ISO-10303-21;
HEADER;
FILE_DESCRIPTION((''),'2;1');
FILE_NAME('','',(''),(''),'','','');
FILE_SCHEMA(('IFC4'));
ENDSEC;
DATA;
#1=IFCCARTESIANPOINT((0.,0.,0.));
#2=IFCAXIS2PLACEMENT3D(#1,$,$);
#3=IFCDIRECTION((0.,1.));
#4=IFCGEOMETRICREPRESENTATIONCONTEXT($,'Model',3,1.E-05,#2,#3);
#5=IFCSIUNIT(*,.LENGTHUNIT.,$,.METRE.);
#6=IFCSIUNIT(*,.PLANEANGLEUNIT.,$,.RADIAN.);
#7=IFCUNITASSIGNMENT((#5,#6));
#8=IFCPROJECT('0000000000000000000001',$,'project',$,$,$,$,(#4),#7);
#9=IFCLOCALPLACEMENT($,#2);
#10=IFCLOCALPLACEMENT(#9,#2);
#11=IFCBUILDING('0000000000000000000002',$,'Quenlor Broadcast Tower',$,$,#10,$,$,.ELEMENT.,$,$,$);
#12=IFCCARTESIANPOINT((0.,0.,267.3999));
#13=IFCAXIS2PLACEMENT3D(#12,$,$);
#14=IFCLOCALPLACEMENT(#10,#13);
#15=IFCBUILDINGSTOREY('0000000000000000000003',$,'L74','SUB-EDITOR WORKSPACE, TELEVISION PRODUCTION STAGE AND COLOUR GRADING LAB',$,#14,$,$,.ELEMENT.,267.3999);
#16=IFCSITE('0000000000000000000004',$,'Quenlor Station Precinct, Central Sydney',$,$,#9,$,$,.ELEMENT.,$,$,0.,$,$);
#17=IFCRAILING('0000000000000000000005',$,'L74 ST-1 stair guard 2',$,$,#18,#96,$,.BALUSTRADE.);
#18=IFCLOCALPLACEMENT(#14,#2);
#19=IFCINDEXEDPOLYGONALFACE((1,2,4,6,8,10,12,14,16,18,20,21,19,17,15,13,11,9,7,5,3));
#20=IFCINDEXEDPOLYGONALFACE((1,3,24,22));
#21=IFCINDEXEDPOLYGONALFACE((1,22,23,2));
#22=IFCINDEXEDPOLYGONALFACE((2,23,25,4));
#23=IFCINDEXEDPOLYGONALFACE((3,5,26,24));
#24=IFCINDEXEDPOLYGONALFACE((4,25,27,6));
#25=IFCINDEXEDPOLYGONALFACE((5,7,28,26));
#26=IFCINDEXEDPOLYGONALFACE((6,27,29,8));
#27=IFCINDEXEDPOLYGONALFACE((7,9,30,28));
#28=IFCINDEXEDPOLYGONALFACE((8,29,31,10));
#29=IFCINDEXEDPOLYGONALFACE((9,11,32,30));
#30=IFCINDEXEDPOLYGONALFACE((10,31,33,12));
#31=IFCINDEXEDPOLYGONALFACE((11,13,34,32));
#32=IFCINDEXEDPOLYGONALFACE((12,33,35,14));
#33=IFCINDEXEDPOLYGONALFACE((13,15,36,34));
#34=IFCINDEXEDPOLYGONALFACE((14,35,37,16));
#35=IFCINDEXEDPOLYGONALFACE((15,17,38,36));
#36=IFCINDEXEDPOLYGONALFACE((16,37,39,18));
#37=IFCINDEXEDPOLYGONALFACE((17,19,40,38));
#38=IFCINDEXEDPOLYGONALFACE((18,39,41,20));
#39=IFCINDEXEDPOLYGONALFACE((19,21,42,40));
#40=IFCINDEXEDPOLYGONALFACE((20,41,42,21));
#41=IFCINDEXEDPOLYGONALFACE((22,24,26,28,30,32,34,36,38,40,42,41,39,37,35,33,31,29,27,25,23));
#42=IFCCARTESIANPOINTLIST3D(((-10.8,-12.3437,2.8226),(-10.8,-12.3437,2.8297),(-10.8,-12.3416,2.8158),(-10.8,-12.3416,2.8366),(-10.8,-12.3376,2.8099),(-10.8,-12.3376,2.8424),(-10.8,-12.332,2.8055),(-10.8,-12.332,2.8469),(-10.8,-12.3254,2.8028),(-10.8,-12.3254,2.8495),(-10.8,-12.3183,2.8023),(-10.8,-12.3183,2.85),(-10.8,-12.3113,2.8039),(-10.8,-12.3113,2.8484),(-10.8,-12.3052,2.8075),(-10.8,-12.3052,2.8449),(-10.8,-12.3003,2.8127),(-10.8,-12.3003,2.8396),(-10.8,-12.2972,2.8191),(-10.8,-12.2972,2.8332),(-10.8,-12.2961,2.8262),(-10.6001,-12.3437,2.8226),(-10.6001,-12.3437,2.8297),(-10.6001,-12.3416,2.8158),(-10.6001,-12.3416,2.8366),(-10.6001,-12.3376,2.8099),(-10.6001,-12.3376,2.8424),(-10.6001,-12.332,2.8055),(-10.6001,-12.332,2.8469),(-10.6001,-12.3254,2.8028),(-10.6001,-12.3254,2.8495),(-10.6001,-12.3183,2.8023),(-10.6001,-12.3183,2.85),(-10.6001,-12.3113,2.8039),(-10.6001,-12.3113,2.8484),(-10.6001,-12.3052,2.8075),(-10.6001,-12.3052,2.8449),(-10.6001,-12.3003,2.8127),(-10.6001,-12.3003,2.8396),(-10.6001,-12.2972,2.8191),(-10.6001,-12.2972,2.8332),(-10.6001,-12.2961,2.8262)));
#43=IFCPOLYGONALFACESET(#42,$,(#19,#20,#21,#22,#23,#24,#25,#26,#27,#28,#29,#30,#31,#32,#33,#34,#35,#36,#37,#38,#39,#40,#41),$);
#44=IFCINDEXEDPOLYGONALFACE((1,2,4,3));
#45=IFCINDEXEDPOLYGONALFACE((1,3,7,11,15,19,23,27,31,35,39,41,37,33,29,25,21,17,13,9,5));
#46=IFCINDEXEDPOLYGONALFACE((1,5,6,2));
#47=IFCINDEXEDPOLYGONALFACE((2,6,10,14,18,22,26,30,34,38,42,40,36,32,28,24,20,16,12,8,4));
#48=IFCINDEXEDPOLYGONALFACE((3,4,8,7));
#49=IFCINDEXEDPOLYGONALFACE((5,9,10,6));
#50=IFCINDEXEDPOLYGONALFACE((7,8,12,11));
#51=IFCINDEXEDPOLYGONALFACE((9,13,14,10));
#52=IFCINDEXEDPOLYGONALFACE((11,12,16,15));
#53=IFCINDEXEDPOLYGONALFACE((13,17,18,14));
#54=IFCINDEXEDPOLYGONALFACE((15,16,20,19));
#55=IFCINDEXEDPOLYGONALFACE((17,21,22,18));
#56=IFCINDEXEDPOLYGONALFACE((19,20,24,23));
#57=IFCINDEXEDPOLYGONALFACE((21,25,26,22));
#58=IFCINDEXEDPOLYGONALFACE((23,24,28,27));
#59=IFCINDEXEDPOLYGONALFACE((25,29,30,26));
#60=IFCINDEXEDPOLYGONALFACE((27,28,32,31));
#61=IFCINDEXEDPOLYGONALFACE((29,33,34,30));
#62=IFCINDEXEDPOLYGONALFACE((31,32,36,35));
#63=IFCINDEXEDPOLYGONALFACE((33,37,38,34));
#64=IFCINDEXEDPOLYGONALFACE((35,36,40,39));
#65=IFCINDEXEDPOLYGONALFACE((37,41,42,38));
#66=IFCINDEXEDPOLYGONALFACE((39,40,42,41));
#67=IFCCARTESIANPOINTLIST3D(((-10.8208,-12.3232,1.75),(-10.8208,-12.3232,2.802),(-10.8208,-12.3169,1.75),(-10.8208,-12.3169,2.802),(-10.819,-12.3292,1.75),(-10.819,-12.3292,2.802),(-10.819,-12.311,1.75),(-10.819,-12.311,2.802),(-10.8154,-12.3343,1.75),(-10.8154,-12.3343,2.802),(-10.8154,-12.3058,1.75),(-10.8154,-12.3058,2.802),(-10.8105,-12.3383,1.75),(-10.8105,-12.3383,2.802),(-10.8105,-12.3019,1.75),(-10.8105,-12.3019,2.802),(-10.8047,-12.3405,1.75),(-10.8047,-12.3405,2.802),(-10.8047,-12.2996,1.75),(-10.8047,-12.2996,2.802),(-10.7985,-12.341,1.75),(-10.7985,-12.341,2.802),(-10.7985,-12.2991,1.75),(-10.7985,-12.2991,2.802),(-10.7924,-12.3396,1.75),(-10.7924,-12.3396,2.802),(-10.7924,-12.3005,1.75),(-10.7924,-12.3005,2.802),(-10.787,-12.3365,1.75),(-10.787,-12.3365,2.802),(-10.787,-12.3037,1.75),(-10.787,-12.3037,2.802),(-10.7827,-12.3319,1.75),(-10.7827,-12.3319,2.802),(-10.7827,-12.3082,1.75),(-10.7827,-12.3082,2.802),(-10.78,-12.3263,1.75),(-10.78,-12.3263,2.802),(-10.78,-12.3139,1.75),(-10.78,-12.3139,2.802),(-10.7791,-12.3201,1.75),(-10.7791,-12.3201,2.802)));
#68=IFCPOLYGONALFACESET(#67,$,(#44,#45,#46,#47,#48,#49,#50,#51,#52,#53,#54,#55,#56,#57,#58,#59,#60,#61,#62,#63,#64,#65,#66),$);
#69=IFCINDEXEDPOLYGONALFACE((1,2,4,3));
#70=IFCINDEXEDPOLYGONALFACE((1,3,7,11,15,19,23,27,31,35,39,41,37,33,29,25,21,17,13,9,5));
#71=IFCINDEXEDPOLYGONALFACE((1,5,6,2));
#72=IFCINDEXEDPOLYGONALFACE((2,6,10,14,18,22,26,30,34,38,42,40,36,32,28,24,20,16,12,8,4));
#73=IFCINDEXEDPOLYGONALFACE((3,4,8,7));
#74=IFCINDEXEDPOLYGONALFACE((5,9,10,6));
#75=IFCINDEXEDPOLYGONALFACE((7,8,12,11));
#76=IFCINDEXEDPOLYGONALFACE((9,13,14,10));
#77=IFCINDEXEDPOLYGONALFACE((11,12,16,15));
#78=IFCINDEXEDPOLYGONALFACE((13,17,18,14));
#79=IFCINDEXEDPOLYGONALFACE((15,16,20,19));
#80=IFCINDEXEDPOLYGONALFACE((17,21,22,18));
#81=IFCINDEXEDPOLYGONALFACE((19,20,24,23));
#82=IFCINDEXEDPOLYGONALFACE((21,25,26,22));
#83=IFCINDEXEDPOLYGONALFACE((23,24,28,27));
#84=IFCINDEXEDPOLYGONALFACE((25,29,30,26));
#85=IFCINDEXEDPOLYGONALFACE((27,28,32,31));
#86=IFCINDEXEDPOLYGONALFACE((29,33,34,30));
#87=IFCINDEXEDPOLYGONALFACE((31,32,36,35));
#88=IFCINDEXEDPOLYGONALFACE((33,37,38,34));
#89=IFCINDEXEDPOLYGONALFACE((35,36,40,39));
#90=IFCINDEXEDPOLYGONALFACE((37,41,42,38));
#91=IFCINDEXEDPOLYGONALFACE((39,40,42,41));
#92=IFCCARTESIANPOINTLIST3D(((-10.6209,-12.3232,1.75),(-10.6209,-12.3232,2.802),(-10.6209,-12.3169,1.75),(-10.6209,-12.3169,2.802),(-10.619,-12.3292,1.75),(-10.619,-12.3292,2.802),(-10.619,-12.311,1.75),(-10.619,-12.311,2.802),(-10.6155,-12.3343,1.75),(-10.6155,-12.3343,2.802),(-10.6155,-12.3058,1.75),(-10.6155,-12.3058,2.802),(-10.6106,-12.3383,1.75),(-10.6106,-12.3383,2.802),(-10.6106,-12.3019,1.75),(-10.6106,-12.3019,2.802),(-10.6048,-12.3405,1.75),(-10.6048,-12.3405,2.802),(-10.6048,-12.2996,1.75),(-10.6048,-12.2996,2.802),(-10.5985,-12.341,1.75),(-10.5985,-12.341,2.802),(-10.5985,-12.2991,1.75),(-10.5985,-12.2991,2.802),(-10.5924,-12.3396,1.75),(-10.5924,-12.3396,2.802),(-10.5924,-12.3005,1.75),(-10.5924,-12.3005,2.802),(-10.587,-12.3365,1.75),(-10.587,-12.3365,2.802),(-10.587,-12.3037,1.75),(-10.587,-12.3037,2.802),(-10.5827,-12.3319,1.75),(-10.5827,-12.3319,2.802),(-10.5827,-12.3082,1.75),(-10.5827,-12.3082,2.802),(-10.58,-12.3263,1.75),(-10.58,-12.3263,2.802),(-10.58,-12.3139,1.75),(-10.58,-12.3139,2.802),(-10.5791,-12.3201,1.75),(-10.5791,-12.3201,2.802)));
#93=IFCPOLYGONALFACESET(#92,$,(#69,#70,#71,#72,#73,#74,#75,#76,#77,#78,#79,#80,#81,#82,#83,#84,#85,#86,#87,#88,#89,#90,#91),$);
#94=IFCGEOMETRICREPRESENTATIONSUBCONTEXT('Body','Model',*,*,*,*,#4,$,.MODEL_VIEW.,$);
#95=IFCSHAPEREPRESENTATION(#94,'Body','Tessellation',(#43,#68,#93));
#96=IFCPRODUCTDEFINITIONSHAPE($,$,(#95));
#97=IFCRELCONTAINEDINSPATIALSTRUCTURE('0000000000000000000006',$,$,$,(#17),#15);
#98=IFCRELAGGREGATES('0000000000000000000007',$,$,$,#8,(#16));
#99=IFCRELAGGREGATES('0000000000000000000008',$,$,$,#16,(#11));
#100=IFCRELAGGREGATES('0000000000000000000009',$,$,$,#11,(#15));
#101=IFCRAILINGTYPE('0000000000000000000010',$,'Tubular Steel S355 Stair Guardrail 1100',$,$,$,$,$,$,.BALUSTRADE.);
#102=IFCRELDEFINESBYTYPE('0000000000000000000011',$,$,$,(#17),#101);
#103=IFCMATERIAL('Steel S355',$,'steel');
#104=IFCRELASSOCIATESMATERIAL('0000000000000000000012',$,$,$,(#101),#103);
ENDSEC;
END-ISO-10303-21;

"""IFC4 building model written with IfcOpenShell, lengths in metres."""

from ifc_helpers import new_model, si_unit, direction, frame, origin, origin_2d, place, context, subcontext, project, spatial, circle, extrude, material, type_object, element, save


model = new_model("IFC4")

# Units and contexts
model_context = context("Model", 3, precision=1e-05, world=origin(), true_north=direction((0.0, 1.0)))
body_context = subcontext(model_context, "Body", "Model", "MODEL_VIEW")
ifc_project = project(units=[si_unit("LENGTHUNIT", "METRE"), si_unit("PLANEANGLEUNIT", "RADIAN")], contexts=[model_context])

# Site, building, storey
site_placement = place(None, origin())
site = spatial("IfcSite", under=ifc_project, at=site_placement, Name="Quenlor Station Precinct, Central Sydney", CompositionType="ELEMENT", RefElevation=0.0)
building_placement = place(site_placement, origin())
building = spatial("IfcBuilding", under=site, at=building_placement, Name="Quenlor Broadcast Tower", CompositionType="ELEMENT")
storey_placement = place(building_placement, frame((0.0, 0.0, 267.3999)))
storey = spatial("IfcBuildingStorey", under=building, at=storey_placement, Name="L74", Description="SUB-EDITOR WORKSPACE, TELEVISION PRODUCTION STAGE AND COLOUR GRADING LAB", CompositionType="ELEMENT", Elevation=267.3999)

# Railing
ifc_material_1 = material(Name="Steel S355", Category="steel")
railing_type_1 = type_object("IfcRailingType", Name="Tubular Steel S355 Stair Guardrail 1100", PredefinedType="BALUSTRADE", material=ifc_material_1)
railing_1_placement = place(storey_placement, frame((-10.8, -12.3201, 1.75)))
element("IfcRailing", 1, at=railing_1_placement, inside=storey, type_object=railing_type_1, Name="L74 ST-1 stair guard 2", PredefinedType="BALUSTRADE", context=body_context, shape_type="SweptSolid", body=[
    extrude(circle(Radius=0.0239, at=origin_2d()), frame((0.0, 0.0, 1.0762), z_axis=(1.0, 0.0, 0.0), x_axis=(0.0, 1.0, 0.0)), (0.0, 0.0, 1.0), 0.2),
    extrude(circle(Radius=0.021, at=origin_2d()), origin(), (0.0, 0.0, 1.0), 1.052),
    extrude(circle(Radius=0.021, at=origin_2d()), frame((0.2, 0.0, 0.0)), (0.0, 0.0, 1.0), 1.052),
])

save(model, "model.ifc")
